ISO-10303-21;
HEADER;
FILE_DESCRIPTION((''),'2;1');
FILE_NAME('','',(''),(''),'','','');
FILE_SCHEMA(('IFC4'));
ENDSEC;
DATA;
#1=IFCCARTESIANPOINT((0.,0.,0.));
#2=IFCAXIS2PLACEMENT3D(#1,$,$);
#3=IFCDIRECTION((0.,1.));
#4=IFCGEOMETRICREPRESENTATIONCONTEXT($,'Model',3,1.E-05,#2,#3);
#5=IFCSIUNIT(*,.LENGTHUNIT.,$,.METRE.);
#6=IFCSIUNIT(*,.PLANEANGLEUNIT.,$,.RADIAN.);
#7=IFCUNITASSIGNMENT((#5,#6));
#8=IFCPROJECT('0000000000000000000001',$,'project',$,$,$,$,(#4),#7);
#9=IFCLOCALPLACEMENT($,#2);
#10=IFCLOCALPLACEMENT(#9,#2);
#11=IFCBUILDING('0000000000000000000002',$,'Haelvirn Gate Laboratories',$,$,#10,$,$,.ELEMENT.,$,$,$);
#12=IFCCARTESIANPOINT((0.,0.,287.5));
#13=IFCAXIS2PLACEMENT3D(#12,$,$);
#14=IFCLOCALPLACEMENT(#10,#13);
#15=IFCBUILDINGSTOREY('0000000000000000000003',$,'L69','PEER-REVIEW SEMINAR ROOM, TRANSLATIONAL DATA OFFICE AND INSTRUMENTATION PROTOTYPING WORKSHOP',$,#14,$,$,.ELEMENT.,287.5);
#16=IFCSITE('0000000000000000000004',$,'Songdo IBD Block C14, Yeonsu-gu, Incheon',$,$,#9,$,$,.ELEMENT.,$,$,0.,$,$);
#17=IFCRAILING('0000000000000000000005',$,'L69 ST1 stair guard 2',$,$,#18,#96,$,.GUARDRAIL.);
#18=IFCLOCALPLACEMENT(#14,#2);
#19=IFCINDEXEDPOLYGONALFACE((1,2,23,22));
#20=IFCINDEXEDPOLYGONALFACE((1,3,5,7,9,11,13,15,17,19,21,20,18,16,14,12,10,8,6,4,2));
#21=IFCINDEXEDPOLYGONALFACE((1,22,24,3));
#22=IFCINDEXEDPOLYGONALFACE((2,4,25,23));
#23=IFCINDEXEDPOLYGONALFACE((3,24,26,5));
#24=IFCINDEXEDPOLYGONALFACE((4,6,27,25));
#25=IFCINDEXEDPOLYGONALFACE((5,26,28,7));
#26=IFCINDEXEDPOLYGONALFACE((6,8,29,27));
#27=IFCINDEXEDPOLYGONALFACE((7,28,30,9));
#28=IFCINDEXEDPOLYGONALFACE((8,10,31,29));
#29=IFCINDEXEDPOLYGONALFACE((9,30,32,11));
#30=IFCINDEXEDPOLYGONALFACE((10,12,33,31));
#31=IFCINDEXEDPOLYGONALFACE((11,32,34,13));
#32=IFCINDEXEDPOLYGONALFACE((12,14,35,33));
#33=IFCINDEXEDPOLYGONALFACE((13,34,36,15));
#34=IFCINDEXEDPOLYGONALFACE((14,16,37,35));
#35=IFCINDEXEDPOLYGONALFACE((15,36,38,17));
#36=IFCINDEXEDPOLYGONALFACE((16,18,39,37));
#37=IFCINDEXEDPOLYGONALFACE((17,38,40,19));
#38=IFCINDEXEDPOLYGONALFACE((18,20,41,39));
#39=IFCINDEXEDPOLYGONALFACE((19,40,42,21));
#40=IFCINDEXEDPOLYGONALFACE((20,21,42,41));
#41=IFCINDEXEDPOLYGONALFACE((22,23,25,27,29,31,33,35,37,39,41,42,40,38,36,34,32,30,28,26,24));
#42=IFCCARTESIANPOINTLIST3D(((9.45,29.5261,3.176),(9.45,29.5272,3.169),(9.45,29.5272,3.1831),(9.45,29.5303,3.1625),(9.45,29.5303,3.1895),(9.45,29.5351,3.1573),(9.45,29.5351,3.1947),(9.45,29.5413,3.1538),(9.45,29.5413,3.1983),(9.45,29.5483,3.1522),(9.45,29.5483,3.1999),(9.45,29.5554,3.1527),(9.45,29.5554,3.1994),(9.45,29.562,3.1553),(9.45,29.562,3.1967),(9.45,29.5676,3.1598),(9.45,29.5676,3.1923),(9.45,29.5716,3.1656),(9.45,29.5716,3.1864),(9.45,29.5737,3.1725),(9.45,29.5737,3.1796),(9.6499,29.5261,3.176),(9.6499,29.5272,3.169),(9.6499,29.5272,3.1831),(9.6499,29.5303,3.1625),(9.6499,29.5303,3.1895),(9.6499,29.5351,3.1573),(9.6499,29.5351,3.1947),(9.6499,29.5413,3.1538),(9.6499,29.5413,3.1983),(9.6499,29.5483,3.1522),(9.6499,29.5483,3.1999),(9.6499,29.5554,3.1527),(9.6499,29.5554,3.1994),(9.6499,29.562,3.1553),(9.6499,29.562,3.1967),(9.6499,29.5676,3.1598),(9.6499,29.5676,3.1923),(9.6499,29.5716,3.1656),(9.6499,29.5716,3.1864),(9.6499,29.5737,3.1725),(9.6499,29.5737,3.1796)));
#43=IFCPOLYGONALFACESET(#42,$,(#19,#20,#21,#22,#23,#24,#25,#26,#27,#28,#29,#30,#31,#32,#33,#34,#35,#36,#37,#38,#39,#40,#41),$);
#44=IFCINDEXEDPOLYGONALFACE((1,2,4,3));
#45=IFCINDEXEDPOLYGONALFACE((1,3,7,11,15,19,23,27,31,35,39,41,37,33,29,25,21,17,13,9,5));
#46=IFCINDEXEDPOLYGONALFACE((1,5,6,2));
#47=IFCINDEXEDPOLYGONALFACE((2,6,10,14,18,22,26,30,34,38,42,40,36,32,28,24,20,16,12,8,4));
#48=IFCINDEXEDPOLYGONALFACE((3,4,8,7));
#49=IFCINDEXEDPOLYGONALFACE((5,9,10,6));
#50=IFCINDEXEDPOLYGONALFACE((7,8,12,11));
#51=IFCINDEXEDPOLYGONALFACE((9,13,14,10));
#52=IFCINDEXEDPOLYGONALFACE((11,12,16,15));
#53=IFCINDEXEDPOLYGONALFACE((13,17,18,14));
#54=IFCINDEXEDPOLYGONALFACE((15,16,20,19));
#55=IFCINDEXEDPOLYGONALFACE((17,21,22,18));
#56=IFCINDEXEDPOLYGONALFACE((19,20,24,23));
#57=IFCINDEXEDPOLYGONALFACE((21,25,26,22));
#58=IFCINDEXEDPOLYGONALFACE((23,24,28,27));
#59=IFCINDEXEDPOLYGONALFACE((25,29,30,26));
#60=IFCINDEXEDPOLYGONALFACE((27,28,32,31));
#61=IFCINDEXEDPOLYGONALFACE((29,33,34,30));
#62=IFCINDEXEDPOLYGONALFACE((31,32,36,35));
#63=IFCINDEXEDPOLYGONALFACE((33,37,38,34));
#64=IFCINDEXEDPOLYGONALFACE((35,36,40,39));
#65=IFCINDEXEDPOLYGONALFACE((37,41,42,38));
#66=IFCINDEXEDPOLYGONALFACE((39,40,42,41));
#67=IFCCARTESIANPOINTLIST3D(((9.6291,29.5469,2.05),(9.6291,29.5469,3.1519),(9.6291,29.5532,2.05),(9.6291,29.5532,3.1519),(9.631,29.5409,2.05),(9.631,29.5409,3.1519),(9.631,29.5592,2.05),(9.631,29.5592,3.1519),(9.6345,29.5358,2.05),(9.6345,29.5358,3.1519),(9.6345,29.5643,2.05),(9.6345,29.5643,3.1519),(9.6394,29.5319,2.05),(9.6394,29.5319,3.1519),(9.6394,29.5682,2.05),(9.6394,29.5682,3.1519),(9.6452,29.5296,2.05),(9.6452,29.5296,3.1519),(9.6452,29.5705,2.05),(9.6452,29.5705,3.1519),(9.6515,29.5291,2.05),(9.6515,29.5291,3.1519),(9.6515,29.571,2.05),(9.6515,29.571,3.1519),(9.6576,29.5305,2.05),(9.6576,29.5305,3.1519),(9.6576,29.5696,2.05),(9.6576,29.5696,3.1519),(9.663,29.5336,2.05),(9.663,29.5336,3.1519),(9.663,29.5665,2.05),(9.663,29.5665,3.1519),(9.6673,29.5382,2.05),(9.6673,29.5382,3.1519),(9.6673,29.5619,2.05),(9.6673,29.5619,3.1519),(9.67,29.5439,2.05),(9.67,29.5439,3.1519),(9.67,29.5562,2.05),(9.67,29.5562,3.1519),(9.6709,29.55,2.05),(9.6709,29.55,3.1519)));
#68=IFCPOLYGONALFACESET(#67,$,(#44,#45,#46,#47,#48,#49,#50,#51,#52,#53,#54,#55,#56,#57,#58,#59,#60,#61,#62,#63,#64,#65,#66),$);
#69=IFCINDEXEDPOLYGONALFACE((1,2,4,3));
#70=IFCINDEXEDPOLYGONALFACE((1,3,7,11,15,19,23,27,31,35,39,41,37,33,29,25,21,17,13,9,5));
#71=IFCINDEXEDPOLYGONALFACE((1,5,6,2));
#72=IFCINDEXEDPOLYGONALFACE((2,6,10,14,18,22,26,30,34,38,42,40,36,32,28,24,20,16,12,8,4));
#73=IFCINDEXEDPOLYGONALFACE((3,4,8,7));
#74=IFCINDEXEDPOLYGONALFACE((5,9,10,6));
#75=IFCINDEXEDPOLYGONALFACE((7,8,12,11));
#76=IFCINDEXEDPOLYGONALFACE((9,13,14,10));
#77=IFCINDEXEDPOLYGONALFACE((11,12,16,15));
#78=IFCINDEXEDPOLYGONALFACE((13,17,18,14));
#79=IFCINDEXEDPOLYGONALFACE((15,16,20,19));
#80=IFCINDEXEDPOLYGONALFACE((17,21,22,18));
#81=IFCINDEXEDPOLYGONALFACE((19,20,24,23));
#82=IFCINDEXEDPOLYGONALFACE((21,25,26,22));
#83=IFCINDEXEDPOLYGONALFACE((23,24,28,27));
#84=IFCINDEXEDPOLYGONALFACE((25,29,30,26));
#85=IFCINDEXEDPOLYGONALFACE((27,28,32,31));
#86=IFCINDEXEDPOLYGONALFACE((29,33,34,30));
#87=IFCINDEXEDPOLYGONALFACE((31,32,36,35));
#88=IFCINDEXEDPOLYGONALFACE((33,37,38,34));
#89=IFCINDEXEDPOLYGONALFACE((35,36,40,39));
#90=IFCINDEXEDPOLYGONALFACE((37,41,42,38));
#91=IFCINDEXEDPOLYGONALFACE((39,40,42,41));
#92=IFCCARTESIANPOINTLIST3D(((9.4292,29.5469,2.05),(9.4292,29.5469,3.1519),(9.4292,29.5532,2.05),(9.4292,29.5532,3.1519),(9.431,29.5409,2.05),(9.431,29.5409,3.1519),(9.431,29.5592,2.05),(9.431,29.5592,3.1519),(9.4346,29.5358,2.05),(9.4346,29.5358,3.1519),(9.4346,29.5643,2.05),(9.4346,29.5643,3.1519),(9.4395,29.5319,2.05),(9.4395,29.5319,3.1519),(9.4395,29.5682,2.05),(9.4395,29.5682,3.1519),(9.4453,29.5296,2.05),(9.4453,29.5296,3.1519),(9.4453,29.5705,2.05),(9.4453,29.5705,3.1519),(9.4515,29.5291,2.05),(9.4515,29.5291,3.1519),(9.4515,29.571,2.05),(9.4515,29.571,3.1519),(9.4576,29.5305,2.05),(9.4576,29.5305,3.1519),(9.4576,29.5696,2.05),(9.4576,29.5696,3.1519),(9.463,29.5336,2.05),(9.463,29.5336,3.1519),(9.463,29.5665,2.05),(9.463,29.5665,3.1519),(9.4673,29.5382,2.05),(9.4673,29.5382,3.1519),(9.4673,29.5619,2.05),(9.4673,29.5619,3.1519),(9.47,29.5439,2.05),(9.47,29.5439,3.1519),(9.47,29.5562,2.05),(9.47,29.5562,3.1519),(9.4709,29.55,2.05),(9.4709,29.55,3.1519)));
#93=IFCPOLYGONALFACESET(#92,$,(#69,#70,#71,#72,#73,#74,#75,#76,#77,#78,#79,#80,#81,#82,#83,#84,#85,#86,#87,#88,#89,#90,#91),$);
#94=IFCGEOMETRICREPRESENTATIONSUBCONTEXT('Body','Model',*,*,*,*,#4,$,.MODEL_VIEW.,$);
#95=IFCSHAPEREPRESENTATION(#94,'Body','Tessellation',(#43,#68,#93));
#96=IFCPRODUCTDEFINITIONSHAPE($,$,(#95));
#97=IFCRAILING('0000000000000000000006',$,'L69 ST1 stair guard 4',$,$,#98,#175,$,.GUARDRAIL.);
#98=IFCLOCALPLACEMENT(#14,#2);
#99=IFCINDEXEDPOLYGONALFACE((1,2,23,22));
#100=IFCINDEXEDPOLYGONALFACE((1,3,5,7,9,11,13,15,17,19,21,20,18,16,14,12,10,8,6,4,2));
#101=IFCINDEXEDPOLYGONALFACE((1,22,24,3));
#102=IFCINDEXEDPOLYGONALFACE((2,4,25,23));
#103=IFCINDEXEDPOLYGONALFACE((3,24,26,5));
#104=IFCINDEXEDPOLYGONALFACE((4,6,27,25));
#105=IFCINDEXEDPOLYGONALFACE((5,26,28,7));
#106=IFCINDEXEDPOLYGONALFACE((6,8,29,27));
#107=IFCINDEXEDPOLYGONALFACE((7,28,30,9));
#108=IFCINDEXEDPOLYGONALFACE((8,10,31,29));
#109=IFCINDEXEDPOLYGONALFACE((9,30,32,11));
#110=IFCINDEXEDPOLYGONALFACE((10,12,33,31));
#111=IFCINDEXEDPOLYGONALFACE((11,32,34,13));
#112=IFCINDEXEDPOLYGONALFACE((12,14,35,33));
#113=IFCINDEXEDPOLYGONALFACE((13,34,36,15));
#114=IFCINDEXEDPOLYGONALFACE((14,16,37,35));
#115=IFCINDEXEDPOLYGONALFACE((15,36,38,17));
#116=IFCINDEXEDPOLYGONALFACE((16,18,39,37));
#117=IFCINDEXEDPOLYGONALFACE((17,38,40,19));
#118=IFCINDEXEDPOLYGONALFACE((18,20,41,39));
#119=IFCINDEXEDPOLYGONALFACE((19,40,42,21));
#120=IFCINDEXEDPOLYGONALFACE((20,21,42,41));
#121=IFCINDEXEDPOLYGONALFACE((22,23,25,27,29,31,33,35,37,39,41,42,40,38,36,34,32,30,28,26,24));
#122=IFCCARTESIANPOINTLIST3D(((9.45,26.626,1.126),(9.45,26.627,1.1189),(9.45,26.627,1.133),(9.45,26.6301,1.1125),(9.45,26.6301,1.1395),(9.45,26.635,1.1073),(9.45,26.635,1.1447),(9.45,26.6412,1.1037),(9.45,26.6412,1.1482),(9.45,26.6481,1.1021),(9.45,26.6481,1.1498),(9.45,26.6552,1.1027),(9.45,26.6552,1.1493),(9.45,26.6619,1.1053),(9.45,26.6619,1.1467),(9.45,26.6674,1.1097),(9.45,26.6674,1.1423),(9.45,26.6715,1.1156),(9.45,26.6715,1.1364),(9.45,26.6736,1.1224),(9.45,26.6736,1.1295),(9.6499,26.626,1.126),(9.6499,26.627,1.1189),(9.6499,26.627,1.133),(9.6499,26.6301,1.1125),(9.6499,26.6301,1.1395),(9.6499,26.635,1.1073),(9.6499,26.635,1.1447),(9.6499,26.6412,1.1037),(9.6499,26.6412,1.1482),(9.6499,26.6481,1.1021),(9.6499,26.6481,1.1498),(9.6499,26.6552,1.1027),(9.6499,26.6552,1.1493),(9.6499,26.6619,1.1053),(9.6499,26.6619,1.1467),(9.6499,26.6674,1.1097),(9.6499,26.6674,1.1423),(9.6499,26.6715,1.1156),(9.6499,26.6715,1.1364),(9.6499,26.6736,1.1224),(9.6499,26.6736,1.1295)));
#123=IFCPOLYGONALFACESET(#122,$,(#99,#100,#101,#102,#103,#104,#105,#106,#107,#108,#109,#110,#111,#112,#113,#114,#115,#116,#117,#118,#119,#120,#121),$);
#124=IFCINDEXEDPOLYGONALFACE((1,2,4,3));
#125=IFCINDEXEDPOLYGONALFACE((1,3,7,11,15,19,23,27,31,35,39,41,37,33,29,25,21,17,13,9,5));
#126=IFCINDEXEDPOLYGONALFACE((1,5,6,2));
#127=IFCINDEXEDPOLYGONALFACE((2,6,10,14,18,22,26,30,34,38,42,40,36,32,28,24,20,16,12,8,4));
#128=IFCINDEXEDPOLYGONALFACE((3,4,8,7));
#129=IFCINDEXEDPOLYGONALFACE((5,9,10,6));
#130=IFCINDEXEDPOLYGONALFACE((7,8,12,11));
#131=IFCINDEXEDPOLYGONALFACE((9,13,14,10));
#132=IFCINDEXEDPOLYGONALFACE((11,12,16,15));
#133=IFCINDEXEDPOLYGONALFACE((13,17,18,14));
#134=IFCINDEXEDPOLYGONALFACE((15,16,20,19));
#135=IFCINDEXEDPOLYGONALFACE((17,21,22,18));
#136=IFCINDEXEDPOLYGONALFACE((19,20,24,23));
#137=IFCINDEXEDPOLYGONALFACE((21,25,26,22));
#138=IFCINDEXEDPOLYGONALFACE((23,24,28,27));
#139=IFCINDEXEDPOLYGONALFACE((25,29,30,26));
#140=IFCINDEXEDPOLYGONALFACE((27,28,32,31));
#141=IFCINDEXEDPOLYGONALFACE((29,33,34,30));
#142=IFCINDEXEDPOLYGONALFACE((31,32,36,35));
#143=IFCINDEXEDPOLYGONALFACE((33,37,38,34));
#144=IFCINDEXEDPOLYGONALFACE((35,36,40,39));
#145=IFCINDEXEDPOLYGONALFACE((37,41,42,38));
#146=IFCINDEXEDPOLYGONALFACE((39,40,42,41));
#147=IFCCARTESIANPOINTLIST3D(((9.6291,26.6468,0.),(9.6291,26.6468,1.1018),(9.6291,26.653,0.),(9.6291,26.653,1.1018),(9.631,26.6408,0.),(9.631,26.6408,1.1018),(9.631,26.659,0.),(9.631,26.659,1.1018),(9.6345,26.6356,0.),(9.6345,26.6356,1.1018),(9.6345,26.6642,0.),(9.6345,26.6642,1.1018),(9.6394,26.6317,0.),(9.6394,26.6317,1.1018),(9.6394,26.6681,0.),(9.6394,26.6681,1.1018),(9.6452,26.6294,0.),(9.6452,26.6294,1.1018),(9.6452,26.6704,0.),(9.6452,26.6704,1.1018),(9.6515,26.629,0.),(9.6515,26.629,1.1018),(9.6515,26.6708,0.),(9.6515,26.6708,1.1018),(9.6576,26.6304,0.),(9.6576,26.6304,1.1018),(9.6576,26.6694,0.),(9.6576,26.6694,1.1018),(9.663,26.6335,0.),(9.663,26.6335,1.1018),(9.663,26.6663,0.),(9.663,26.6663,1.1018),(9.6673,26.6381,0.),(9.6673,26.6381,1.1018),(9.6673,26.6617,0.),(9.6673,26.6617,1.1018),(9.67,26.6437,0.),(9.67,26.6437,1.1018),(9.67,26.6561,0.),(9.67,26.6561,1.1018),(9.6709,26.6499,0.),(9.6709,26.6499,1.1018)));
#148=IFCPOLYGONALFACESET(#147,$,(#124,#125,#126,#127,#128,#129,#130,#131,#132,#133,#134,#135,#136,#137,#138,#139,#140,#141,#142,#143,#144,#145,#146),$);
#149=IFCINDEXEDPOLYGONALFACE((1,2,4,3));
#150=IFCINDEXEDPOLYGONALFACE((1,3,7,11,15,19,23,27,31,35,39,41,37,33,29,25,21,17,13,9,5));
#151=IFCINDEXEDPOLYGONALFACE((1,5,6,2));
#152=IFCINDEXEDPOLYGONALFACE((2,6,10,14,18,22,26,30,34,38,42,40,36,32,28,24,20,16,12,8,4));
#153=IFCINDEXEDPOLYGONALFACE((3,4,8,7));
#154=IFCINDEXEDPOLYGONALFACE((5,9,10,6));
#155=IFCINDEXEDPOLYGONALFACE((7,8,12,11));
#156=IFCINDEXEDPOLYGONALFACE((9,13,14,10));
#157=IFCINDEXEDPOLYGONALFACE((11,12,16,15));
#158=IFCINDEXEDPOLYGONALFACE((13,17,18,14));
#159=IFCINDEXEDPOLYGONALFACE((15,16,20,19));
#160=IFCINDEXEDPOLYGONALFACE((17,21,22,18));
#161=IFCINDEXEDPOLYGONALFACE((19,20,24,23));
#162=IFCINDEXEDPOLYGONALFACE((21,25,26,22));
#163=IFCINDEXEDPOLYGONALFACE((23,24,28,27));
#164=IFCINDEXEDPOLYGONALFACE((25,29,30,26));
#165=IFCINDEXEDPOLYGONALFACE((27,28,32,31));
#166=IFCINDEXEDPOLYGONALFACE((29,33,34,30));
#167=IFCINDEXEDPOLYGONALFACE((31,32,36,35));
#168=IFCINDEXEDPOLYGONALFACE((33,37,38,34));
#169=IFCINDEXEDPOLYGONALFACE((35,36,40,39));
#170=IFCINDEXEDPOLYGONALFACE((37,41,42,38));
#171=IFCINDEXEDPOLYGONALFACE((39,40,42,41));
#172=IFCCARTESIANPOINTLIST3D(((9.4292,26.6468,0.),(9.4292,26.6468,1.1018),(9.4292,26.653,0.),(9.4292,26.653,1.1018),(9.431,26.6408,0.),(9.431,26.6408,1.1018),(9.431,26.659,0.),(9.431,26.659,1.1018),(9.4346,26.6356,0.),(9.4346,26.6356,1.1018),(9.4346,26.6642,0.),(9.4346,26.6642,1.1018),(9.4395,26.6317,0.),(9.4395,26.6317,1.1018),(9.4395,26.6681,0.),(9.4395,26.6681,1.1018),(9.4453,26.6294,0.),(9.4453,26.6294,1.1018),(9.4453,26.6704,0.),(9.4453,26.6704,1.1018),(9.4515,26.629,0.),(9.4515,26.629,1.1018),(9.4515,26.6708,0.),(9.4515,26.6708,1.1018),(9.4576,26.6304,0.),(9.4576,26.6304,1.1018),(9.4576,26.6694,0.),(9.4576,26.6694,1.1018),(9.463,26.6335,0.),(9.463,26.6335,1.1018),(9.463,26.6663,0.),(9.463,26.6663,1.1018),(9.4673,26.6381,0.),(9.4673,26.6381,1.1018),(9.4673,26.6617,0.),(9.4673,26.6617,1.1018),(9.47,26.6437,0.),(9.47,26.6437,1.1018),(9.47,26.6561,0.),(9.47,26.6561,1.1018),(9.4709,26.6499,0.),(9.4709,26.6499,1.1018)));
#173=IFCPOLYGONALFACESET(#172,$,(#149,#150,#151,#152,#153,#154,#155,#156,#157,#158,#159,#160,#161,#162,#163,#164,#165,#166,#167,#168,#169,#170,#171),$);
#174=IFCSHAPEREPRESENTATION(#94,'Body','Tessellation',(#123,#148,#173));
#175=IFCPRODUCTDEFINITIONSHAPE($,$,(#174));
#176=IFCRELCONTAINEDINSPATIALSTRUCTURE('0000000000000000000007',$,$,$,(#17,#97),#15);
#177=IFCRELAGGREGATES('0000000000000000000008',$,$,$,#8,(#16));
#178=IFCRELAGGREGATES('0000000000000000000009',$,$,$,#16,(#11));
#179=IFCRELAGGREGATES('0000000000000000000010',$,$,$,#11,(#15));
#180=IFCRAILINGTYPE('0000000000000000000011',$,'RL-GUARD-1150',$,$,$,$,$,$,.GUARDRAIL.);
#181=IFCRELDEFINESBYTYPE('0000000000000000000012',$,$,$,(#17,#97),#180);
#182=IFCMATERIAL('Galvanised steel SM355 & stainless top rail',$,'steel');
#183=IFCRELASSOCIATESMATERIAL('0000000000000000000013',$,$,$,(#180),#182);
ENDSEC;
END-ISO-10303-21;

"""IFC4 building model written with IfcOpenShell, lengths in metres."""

from ifc_helpers import new_model, si_unit, direction, frame, origin, origin_2d, place, context, subcontext, project, spatial, circle, extrude, source, transform, mapped, material, type_object, element, save


model = new_model("IFC4")

# Units and contexts
model_context = context("Model", 3, precision=1e-05, world=origin(), true_north=direction((0.0, 1.0)))
body_context = subcontext(model_context, "Body", "Model", "MODEL_VIEW")
ifc_project = project(units=[si_unit("LENGTHUNIT", "METRE"), si_unit("PLANEANGLEUNIT", "RADIAN")], contexts=[model_context])

# Site, building, storey
site_placement = place(None, origin())
site = spatial("IfcSite", under=ifc_project, at=site_placement, Name="Songdo IBD Block C14, Yeonsu-gu, Incheon", CompositionType="ELEMENT", RefElevation=0.0)
building_placement = place(site_placement, origin())
building = spatial("IfcBuilding", under=site, at=building_placement, Name="Haelvirn Gate Laboratories", CompositionType="ELEMENT")
storey_placement = place(building_placement, frame((0.0, 0.0, 287.5)))
storey = spatial("IfcBuildingStorey", under=building, at=storey_placement, Name="L69", Description="PEER-REVIEW SEMINAR ROOM, TRANSLATIONAL DATA OFFICE AND INSTRUMENTATION PROTOTYPING WORKSHOP", CompositionType="ELEMENT", Elevation=287.5)

# Railings
ifc_material_1 = material(Name="Galvanised steel SM355 & stainless top rail", Category="steel")
railing_type_1 = type_object("IfcRailingType", Name="RL-GUARD-1150", PredefinedType="GUARDRAIL", material=ifc_material_1)
shared_shape_1 = source(origin(), body_context, "Body", "SweptSolid", [
    extrude(circle(Radius=0.0239, at=origin_2d()), frame((0.0, 0.0, 1.126), z_axis=(-1.0, 0.0, 0.0), x_axis=(0.0, -1.0, 0.0)), (0.0, 0.0, 1.0), 0.2),
    extrude(circle(Radius=0.021, at=origin_2d()), origin(), (0.0, 0.0, 1.0), 1.1018),
    extrude(circle(Radius=0.021, at=origin_2d()), frame((-0.2, 0.0, 0.0)), (0.0, 0.0, 1.0), 1.1018),
])
for number, where, name in (
    (1, (9.6499, 29.55, 2.05), "L69 ST1 stair guard 2"),
    (2, (9.6499, 26.6499, 0.0), "L69 ST1 stair guard 4"),
):
    element("IfcRailing", number, at=place(storey_placement, frame(where)), inside=storey, type_object=railing_type_1, Name=name, PredefinedType="GUARDRAIL", context=body_context, shape_type="MappedRepresentation", body=[
        mapped(shared_shape_1, transform((0.0, 0.0, 0.0), scale=1.0)),
    ])

save(model, "model.ifc")
